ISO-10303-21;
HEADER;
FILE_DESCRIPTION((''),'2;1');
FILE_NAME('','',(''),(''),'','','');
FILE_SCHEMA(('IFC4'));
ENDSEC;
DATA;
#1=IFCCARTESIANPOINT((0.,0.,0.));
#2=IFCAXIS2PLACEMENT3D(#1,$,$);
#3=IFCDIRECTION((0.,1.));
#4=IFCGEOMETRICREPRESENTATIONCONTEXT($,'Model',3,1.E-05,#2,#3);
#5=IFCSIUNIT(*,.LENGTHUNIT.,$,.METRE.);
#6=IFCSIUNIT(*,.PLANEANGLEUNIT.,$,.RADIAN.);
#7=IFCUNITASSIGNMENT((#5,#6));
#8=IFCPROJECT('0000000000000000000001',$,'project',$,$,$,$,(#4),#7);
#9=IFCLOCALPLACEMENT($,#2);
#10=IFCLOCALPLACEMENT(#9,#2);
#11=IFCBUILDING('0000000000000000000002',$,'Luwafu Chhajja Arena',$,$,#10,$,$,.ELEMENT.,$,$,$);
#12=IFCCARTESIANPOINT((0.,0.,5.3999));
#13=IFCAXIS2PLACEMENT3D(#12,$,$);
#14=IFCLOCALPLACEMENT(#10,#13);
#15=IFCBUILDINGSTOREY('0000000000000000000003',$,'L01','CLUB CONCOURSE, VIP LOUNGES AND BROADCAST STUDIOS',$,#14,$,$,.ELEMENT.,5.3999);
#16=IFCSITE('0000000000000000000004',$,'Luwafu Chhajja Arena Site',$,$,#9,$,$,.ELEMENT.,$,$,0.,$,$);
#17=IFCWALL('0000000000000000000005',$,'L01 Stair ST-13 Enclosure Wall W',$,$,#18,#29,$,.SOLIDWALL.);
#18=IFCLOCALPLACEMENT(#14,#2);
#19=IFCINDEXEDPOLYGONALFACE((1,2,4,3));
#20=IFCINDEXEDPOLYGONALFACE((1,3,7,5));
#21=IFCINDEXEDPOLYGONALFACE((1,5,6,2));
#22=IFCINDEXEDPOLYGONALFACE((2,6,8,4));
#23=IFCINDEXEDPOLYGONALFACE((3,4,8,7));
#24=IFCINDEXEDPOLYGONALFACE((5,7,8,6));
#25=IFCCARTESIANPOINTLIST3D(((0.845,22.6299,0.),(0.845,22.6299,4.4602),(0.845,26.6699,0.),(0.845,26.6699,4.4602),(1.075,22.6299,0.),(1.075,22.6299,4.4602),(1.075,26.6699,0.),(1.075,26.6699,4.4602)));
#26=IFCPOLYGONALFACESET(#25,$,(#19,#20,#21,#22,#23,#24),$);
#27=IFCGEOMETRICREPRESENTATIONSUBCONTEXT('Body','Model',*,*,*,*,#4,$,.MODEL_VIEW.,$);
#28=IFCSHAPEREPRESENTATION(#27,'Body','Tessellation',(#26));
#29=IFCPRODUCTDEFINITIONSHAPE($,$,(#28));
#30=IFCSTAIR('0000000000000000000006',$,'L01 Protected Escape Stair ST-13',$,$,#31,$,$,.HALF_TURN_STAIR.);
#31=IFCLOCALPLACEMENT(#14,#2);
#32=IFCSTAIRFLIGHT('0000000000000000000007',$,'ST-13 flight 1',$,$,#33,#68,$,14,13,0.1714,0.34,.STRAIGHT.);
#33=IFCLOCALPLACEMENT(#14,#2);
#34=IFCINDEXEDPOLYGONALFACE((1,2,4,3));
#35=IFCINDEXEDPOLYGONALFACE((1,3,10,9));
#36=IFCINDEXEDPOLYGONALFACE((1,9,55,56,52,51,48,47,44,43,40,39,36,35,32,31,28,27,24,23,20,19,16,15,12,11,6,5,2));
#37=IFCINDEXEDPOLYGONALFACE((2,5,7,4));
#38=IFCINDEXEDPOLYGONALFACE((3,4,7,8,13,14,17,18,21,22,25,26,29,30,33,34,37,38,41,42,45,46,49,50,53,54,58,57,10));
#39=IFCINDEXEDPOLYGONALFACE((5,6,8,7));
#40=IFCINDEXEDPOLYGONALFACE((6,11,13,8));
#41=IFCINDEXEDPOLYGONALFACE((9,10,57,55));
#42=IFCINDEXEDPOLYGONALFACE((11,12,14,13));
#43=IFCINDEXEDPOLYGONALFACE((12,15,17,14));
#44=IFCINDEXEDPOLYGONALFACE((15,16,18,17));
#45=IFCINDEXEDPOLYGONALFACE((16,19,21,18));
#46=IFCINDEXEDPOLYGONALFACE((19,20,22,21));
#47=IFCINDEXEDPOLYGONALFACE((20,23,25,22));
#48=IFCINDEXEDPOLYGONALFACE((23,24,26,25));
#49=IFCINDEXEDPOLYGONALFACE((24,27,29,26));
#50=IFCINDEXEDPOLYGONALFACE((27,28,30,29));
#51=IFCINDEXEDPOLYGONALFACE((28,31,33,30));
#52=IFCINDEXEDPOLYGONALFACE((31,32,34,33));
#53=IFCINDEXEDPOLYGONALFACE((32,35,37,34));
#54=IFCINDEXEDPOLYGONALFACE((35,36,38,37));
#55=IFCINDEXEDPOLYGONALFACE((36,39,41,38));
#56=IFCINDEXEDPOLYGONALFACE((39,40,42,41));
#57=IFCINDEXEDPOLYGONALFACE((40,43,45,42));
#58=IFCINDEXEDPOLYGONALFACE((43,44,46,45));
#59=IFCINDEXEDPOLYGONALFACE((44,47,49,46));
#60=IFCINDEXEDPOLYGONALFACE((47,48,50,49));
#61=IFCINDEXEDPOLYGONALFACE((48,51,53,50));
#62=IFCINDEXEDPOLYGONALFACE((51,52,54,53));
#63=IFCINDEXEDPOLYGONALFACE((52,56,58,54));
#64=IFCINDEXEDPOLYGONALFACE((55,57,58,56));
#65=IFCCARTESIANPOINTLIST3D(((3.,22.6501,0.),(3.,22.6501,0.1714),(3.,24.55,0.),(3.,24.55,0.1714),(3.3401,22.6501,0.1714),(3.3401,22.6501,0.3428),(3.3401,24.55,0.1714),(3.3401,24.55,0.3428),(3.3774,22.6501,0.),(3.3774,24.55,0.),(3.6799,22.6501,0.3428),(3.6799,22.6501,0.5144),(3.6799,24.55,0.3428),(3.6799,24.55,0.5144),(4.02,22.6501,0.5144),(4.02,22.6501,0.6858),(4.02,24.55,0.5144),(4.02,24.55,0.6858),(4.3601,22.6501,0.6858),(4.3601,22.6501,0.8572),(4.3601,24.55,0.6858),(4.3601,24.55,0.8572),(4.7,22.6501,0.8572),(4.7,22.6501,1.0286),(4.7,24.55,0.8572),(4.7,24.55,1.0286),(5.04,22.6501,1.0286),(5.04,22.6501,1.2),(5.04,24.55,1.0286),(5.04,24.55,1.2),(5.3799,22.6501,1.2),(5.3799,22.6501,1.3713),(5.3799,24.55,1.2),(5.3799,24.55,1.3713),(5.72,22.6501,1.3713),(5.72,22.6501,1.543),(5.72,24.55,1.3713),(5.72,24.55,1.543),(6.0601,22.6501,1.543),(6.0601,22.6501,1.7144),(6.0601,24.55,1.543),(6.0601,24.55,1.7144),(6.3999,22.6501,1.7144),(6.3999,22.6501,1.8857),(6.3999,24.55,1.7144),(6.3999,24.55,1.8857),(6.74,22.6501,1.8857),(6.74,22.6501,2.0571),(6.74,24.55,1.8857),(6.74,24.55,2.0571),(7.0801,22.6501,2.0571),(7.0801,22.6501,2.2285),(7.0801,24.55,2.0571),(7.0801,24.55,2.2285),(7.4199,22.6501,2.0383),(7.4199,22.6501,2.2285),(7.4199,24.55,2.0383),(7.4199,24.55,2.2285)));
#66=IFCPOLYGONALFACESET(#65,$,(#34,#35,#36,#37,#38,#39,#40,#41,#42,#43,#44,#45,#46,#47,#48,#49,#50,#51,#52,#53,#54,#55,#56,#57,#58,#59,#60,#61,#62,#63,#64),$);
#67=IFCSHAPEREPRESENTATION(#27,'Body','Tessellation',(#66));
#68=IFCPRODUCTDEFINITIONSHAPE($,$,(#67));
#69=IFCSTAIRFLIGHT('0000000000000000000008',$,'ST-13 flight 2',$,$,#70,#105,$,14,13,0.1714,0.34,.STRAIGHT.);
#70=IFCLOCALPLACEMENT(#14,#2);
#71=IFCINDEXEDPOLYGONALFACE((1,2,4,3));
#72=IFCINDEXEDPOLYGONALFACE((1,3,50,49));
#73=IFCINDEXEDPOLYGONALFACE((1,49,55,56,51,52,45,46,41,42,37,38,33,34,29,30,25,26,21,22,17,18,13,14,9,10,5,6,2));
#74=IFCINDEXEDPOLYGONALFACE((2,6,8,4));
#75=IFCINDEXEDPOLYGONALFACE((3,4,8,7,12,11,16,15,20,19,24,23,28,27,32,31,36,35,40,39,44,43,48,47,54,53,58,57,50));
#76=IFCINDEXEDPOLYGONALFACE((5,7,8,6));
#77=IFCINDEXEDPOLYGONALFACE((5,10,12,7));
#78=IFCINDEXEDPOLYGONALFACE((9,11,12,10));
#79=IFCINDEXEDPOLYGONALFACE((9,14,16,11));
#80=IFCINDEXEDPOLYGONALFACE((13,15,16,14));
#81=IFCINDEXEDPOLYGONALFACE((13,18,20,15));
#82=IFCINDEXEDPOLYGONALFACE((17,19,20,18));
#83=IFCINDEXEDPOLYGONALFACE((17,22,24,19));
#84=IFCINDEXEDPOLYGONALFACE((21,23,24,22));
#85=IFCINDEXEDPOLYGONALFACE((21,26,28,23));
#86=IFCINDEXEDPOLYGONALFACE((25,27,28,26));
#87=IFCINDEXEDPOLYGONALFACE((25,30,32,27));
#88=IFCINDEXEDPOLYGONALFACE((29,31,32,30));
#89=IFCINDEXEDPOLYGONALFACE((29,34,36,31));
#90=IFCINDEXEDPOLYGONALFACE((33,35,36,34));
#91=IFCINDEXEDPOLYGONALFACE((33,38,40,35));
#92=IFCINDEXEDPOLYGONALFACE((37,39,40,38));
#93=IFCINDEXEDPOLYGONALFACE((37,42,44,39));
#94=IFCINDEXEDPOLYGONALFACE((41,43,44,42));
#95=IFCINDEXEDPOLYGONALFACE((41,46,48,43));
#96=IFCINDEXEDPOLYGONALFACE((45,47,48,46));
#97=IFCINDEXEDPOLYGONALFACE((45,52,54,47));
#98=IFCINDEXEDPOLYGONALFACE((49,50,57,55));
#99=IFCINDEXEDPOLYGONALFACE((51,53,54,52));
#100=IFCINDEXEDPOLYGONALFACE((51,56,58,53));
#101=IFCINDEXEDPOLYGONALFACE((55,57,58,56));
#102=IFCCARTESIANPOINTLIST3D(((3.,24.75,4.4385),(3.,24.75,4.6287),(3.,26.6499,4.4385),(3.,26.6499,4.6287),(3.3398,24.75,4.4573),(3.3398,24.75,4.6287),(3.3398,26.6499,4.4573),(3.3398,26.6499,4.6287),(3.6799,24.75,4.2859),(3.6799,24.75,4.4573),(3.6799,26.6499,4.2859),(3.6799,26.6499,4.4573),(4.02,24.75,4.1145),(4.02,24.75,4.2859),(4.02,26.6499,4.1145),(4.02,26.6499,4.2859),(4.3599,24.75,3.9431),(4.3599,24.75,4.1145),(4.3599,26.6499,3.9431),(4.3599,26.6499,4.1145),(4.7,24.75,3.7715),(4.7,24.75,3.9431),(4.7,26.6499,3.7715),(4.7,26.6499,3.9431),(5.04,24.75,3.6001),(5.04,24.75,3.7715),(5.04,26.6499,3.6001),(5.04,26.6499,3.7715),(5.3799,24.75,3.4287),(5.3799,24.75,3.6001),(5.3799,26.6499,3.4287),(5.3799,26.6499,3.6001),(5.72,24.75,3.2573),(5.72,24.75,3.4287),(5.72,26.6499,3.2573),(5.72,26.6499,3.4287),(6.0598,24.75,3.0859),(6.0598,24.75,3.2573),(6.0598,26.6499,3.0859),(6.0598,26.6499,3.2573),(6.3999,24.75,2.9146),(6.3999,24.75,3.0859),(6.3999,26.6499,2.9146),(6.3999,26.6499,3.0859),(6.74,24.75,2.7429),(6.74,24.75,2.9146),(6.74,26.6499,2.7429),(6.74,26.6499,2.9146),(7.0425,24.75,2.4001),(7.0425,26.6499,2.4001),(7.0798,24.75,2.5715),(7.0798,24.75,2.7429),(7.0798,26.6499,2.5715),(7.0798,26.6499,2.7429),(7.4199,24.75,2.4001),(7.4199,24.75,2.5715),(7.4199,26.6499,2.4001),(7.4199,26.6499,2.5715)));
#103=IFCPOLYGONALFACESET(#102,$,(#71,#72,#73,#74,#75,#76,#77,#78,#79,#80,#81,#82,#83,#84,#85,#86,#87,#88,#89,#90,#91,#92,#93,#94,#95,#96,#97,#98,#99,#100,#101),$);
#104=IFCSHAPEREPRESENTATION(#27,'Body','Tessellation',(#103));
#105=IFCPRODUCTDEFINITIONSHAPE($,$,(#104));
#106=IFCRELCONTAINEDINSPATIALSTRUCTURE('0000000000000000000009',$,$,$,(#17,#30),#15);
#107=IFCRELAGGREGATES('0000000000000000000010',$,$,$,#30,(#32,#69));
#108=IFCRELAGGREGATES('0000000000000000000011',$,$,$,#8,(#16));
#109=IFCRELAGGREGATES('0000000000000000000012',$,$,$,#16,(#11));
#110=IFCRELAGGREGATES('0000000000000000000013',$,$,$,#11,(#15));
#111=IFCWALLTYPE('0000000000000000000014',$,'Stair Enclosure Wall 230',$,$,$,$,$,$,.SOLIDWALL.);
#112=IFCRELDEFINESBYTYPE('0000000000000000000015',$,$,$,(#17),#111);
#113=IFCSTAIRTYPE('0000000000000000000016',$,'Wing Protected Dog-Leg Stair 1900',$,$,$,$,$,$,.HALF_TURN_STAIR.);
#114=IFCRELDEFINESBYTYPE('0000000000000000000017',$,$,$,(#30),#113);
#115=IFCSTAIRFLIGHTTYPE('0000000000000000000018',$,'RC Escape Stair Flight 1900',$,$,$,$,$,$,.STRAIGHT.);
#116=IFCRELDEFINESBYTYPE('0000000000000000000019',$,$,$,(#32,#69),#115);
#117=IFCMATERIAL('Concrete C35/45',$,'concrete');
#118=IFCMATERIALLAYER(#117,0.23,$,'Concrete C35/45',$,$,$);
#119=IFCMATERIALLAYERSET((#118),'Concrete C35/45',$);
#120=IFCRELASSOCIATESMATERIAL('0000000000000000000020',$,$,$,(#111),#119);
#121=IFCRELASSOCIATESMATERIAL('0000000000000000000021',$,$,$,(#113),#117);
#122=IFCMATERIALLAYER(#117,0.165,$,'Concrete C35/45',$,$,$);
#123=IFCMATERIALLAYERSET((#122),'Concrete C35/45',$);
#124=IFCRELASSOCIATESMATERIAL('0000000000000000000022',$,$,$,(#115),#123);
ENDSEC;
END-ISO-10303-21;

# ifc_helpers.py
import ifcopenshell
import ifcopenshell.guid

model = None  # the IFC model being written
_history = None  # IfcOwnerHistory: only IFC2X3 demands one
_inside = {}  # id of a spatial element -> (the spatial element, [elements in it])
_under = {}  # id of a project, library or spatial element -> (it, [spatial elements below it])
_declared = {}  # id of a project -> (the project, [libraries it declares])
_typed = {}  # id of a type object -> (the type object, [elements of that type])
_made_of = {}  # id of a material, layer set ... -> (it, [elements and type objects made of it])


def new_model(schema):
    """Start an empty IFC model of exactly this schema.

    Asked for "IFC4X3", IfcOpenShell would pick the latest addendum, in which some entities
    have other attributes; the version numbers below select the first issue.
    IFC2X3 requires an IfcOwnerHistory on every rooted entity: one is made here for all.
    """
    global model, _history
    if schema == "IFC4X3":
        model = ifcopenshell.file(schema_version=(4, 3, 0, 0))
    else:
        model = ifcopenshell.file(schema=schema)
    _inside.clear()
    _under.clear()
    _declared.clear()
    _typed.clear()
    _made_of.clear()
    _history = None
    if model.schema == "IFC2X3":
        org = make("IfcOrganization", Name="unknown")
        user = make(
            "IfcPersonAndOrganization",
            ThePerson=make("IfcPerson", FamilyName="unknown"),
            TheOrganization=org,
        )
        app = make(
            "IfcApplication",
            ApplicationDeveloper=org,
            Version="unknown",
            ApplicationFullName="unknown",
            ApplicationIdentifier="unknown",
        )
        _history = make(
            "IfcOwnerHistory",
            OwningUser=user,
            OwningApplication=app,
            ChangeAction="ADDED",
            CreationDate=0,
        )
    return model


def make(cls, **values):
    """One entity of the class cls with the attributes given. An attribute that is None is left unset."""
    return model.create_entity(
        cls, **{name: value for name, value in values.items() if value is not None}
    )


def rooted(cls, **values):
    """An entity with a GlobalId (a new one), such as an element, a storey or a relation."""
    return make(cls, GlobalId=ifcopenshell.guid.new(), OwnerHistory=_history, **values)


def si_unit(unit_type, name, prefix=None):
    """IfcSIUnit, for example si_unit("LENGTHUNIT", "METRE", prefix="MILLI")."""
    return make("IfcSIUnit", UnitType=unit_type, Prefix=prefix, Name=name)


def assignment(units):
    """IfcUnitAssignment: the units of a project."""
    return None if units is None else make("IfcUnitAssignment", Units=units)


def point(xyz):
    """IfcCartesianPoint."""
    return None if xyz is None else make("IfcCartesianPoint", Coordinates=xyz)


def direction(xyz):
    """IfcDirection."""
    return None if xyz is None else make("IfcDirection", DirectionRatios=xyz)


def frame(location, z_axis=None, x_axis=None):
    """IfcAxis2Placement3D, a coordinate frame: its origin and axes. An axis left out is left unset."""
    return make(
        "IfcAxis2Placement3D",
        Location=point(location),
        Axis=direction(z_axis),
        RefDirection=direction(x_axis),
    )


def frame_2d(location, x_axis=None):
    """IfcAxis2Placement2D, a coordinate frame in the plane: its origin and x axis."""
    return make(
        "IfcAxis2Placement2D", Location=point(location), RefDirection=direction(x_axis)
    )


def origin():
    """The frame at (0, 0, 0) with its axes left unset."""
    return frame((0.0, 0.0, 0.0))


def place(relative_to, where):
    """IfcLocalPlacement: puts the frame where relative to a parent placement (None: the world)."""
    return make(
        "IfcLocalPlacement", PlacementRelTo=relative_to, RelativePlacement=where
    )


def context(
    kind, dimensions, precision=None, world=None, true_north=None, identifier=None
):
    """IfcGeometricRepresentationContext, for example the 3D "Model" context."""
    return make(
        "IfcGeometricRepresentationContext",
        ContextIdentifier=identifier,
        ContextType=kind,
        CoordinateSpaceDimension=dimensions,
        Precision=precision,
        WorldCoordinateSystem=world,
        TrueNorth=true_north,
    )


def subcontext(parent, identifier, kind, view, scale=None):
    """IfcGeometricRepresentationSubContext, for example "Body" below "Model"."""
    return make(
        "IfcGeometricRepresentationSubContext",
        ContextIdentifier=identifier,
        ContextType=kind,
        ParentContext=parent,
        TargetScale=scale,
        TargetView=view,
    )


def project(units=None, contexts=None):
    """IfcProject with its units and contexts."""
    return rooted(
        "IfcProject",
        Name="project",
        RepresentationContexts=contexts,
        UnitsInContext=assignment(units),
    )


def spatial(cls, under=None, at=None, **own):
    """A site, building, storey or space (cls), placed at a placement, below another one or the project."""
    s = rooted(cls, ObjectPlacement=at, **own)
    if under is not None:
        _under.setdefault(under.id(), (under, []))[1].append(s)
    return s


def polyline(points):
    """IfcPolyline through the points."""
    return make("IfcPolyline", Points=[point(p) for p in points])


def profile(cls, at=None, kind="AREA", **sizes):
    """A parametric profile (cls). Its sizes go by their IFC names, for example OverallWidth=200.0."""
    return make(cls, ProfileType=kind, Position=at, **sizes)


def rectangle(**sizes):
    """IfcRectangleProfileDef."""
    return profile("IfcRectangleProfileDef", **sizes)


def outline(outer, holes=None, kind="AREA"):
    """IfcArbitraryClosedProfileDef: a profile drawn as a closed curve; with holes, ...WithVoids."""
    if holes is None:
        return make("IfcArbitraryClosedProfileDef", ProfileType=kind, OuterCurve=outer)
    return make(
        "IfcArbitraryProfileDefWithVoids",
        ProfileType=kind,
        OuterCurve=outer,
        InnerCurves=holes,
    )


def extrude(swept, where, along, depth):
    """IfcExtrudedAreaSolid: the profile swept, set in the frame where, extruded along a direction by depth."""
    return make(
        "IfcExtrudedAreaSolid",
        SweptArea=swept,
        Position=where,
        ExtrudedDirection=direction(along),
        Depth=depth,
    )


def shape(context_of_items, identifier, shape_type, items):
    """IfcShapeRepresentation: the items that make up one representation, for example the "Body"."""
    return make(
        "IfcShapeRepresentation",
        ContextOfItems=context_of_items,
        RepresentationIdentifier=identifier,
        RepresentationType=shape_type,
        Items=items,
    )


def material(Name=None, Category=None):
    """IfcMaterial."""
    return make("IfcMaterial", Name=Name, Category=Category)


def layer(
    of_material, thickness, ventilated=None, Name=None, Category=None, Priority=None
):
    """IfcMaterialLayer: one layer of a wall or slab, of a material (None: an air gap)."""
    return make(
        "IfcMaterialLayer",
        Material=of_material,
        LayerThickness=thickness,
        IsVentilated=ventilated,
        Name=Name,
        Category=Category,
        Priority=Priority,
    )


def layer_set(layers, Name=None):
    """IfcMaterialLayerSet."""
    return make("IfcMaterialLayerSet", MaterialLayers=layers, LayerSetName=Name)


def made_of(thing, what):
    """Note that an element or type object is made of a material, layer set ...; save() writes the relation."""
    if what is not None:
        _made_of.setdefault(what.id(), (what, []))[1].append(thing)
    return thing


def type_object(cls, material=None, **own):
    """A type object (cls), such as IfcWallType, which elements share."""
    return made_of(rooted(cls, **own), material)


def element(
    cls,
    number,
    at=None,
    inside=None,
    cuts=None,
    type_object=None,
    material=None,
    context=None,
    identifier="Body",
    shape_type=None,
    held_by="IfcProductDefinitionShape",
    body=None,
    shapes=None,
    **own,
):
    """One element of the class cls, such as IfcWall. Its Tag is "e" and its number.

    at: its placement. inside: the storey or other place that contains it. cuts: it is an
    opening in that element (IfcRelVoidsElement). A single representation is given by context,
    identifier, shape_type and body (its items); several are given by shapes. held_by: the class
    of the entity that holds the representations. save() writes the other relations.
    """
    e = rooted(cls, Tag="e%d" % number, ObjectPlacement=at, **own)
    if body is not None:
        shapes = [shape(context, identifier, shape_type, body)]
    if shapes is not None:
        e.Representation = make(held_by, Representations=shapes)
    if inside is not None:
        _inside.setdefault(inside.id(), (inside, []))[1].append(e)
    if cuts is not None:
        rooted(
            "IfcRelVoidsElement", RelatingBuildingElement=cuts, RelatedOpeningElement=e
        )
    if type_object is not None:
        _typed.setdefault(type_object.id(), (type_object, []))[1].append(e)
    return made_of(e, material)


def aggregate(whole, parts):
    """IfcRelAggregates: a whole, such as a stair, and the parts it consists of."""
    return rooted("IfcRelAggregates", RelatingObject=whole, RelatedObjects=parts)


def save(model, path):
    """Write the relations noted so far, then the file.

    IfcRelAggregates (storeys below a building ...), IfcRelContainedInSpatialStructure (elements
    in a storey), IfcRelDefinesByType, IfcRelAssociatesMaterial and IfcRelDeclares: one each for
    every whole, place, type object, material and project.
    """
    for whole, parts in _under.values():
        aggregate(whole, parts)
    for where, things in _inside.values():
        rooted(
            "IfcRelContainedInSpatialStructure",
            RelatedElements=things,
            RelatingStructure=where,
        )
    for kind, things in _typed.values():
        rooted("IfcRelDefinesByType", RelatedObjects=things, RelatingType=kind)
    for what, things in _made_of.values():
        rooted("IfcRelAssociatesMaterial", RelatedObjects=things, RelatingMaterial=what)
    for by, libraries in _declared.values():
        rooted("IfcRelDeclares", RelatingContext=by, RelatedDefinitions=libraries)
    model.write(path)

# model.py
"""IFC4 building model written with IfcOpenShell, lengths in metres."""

from ifc_helpers import new_model, si_unit, direction, frame, frame_2d, origin, place, context, subcontext, project, spatial, polyline, rectangle, outline, extrude, material, layer, layer_set, type_object, element, aggregate, save


model = new_model("IFC4")

# Units and contexts
model_context = context("Model", 3, precision=1e-05, world=origin(), true_north=direction((0.0, 1.0)))
body_context = subcontext(model_context, "Body", "Model", "MODEL_VIEW")
ifc_project = project(units=[si_unit("LENGTHUNIT", "METRE"), si_unit("PLANEANGLEUNIT", "RADIAN")], contexts=[model_context])

# Site, building, storey
site_placement = place(None, origin())
site = spatial("IfcSite", under=ifc_project, at=site_placement, Name="Luwafu Chhajja Arena Site", CompositionType="ELEMENT", RefElevation=0.0)
building_placement = place(site_placement, origin())
building = spatial("IfcBuilding", under=site, at=building_placement, Name="Luwafu Chhajja Arena", CompositionType="ELEMENT")
storey_placement = place(building_placement, frame((0.0, 0.0, 5.3999)))
storey = spatial("IfcBuildingStorey", under=building, at=storey_placement, Name="L01", Description="CLUB CONCOURSE, VIP LOUNGES AND BROADCAST STUDIOS", CompositionType="ELEMENT", Elevation=5.3999)

# Wall
ifc_material_1 = material(Name="Concrete C35/45", Category="concrete")
ifc_layer_1 = layer(ifc_material_1, 0.23, Name="Concrete C35/45")
ifc_layer_set_1 = layer_set([ifc_layer_1], Name="Concrete C35/45")
wall_type = type_object("IfcWallType", Name="Stair Enclosure Wall 230", PredefinedType="SOLIDWALL", material=ifc_layer_set_1)
wall_placement = place(storey_placement, frame((0.96, 22.6299, 0.0), z_axis=(0.0, 0.0, 1.0), x_axis=(0.0, 1.0, 0.0)))
element("IfcWall", 1, at=wall_placement, inside=storey, type_object=wall_type, Name="L01 Stair ST-13 Enclosure Wall W", PredefinedType="SOLIDWALL", context=body_context, shape_type="SweptSolid", body=[
    extrude(rectangle(XDim=4.04, YDim=0.23, at=frame_2d((2.02, 0.0))), origin(), (0.0, 0.0, 1.0), 4.4602),
])

# Stair, stair flights
stair_type = type_object("IfcStairType", Name="Wing Protected Dog-Leg Stair 1900", PredefinedType="HALF_TURN_STAIR", material=ifc_material_1)
stair_placement = place(storey_placement, origin())
stair = element("IfcStair", 2, at=stair_placement, inside=storey, type_object=stair_type, Name="L01 Protected Escape Stair ST-13", PredefinedType="HALF_TURN_STAIR")
ifc_layer_2 = layer(ifc_material_1, 0.165, Name="Concrete C35/45")
ifc_layer_set_2 = layer_set([ifc_layer_2], Name="Concrete C35/45")
stair_flight_type = type_object("IfcStairFlightType", Name="RC Escape Stair Flight 1900", PredefinedType="STRAIGHT", material=ifc_layer_set_2)
stair_flight_1_placement = place(storey_placement, frame((3.0, 23.6001, 0.0), z_axis=(0.0, 0.0, 1.0), x_axis=(1.0, 0.0, 0.0)))
stair_flight_1 = element("IfcStairFlight", 3, at=stair_flight_1_placement, type_object=stair_flight_type, Name="ST-13 flight 1", NumberOfRisers=14, NumberOfTreads=13, PredefinedType="STRAIGHT", RiserHeight=0.1714, TreadLength=0.34, context=body_context, shape_type="SweptSolid", body=[
    extrude(outline(polyline([(0.0, 0.0), (0.0, 0.1714), (0.3401, 0.1714), (0.3401, 0.3428), (0.6799, 0.3428), (0.6799, 0.5144), (1.02, 0.5144), (1.02, 0.6858), (1.3601, 0.6858), (1.3601, 0.8572), (1.7, 0.8572), (1.7, 1.0286), (2.04, 1.0286), (2.04, 1.2), (2.3799, 1.2), (2.3799, 1.3713), (2.72, 1.3713), (2.72, 1.543), (3.0601, 1.543), (3.0601, 1.7144), (3.3999, 1.7144), (3.3999, 1.8857), (3.74, 1.8857), (3.74, 2.0571), (4.0801, 2.0571), (4.0801, 2.2285), (4.4199, 2.2285), (4.4199, 2.3999), (4.4199, 2.0383), (0.3774, 0.0), (0.0, 0.0)])), frame((0.0, 0.95, 0.0), z_axis=(0.0, -1.0, 0.0), x_axis=(1.0, 0.0, 0.0)), (0.0, 0.0, 1.0), 1.8999),
])
stair_flight_2_placement = place(storey_placement, frame((7.4199, 25.7, 2.4001), z_axis=(0.0, 0.0, 1.0), x_axis=(-1.0, 0.0, 0.0)))
stair_flight_2 = element("IfcStairFlight", 4, at=stair_flight_2_placement, type_object=stair_flight_type, Name="ST-13 flight 2", NumberOfRisers=14, NumberOfTreads=13, PredefinedType="STRAIGHT", RiserHeight=0.1714, TreadLength=0.34, context=body_context, shape_type="SweptSolid", body=[
    extrude(outline(polyline([(0.0, 0.0), (0.0, 0.1714), (0.3401, 0.1714), (0.3401, 0.3428), (0.6799, 0.3428), (0.6799, 0.5144), (1.02, 0.5144), (1.02, 0.6858), (1.3601, 0.6858), (1.3601, 0.8572), (1.7, 0.8572), (1.7, 1.0286), (2.04, 1.0286), (2.04, 1.2), (2.3799, 1.2), (2.3799, 1.3713), (2.72, 1.3713), (2.72, 1.543), (3.0601, 1.543), (3.0601, 1.7144), (3.3999, 1.7144), (3.3999, 1.8857), (3.74, 1.8857), (3.74, 2.0571), (4.0801, 2.0571), (4.0801, 2.2285), (4.4199, 2.2285), (4.4199, 2.3999), (4.4199, 2.0383), (0.3774, 0.0), (0.0, 0.0)])), frame((0.0, 0.95, 0.0), z_axis=(0.0, -1.0, 0.0), x_axis=(1.0, 0.0, 0.0)), (0.0, 0.0, 1.0), 1.8999),
])
aggregate(stair, [stair_flight_1, stair_flight_2])

save(model, "model.ifc")
